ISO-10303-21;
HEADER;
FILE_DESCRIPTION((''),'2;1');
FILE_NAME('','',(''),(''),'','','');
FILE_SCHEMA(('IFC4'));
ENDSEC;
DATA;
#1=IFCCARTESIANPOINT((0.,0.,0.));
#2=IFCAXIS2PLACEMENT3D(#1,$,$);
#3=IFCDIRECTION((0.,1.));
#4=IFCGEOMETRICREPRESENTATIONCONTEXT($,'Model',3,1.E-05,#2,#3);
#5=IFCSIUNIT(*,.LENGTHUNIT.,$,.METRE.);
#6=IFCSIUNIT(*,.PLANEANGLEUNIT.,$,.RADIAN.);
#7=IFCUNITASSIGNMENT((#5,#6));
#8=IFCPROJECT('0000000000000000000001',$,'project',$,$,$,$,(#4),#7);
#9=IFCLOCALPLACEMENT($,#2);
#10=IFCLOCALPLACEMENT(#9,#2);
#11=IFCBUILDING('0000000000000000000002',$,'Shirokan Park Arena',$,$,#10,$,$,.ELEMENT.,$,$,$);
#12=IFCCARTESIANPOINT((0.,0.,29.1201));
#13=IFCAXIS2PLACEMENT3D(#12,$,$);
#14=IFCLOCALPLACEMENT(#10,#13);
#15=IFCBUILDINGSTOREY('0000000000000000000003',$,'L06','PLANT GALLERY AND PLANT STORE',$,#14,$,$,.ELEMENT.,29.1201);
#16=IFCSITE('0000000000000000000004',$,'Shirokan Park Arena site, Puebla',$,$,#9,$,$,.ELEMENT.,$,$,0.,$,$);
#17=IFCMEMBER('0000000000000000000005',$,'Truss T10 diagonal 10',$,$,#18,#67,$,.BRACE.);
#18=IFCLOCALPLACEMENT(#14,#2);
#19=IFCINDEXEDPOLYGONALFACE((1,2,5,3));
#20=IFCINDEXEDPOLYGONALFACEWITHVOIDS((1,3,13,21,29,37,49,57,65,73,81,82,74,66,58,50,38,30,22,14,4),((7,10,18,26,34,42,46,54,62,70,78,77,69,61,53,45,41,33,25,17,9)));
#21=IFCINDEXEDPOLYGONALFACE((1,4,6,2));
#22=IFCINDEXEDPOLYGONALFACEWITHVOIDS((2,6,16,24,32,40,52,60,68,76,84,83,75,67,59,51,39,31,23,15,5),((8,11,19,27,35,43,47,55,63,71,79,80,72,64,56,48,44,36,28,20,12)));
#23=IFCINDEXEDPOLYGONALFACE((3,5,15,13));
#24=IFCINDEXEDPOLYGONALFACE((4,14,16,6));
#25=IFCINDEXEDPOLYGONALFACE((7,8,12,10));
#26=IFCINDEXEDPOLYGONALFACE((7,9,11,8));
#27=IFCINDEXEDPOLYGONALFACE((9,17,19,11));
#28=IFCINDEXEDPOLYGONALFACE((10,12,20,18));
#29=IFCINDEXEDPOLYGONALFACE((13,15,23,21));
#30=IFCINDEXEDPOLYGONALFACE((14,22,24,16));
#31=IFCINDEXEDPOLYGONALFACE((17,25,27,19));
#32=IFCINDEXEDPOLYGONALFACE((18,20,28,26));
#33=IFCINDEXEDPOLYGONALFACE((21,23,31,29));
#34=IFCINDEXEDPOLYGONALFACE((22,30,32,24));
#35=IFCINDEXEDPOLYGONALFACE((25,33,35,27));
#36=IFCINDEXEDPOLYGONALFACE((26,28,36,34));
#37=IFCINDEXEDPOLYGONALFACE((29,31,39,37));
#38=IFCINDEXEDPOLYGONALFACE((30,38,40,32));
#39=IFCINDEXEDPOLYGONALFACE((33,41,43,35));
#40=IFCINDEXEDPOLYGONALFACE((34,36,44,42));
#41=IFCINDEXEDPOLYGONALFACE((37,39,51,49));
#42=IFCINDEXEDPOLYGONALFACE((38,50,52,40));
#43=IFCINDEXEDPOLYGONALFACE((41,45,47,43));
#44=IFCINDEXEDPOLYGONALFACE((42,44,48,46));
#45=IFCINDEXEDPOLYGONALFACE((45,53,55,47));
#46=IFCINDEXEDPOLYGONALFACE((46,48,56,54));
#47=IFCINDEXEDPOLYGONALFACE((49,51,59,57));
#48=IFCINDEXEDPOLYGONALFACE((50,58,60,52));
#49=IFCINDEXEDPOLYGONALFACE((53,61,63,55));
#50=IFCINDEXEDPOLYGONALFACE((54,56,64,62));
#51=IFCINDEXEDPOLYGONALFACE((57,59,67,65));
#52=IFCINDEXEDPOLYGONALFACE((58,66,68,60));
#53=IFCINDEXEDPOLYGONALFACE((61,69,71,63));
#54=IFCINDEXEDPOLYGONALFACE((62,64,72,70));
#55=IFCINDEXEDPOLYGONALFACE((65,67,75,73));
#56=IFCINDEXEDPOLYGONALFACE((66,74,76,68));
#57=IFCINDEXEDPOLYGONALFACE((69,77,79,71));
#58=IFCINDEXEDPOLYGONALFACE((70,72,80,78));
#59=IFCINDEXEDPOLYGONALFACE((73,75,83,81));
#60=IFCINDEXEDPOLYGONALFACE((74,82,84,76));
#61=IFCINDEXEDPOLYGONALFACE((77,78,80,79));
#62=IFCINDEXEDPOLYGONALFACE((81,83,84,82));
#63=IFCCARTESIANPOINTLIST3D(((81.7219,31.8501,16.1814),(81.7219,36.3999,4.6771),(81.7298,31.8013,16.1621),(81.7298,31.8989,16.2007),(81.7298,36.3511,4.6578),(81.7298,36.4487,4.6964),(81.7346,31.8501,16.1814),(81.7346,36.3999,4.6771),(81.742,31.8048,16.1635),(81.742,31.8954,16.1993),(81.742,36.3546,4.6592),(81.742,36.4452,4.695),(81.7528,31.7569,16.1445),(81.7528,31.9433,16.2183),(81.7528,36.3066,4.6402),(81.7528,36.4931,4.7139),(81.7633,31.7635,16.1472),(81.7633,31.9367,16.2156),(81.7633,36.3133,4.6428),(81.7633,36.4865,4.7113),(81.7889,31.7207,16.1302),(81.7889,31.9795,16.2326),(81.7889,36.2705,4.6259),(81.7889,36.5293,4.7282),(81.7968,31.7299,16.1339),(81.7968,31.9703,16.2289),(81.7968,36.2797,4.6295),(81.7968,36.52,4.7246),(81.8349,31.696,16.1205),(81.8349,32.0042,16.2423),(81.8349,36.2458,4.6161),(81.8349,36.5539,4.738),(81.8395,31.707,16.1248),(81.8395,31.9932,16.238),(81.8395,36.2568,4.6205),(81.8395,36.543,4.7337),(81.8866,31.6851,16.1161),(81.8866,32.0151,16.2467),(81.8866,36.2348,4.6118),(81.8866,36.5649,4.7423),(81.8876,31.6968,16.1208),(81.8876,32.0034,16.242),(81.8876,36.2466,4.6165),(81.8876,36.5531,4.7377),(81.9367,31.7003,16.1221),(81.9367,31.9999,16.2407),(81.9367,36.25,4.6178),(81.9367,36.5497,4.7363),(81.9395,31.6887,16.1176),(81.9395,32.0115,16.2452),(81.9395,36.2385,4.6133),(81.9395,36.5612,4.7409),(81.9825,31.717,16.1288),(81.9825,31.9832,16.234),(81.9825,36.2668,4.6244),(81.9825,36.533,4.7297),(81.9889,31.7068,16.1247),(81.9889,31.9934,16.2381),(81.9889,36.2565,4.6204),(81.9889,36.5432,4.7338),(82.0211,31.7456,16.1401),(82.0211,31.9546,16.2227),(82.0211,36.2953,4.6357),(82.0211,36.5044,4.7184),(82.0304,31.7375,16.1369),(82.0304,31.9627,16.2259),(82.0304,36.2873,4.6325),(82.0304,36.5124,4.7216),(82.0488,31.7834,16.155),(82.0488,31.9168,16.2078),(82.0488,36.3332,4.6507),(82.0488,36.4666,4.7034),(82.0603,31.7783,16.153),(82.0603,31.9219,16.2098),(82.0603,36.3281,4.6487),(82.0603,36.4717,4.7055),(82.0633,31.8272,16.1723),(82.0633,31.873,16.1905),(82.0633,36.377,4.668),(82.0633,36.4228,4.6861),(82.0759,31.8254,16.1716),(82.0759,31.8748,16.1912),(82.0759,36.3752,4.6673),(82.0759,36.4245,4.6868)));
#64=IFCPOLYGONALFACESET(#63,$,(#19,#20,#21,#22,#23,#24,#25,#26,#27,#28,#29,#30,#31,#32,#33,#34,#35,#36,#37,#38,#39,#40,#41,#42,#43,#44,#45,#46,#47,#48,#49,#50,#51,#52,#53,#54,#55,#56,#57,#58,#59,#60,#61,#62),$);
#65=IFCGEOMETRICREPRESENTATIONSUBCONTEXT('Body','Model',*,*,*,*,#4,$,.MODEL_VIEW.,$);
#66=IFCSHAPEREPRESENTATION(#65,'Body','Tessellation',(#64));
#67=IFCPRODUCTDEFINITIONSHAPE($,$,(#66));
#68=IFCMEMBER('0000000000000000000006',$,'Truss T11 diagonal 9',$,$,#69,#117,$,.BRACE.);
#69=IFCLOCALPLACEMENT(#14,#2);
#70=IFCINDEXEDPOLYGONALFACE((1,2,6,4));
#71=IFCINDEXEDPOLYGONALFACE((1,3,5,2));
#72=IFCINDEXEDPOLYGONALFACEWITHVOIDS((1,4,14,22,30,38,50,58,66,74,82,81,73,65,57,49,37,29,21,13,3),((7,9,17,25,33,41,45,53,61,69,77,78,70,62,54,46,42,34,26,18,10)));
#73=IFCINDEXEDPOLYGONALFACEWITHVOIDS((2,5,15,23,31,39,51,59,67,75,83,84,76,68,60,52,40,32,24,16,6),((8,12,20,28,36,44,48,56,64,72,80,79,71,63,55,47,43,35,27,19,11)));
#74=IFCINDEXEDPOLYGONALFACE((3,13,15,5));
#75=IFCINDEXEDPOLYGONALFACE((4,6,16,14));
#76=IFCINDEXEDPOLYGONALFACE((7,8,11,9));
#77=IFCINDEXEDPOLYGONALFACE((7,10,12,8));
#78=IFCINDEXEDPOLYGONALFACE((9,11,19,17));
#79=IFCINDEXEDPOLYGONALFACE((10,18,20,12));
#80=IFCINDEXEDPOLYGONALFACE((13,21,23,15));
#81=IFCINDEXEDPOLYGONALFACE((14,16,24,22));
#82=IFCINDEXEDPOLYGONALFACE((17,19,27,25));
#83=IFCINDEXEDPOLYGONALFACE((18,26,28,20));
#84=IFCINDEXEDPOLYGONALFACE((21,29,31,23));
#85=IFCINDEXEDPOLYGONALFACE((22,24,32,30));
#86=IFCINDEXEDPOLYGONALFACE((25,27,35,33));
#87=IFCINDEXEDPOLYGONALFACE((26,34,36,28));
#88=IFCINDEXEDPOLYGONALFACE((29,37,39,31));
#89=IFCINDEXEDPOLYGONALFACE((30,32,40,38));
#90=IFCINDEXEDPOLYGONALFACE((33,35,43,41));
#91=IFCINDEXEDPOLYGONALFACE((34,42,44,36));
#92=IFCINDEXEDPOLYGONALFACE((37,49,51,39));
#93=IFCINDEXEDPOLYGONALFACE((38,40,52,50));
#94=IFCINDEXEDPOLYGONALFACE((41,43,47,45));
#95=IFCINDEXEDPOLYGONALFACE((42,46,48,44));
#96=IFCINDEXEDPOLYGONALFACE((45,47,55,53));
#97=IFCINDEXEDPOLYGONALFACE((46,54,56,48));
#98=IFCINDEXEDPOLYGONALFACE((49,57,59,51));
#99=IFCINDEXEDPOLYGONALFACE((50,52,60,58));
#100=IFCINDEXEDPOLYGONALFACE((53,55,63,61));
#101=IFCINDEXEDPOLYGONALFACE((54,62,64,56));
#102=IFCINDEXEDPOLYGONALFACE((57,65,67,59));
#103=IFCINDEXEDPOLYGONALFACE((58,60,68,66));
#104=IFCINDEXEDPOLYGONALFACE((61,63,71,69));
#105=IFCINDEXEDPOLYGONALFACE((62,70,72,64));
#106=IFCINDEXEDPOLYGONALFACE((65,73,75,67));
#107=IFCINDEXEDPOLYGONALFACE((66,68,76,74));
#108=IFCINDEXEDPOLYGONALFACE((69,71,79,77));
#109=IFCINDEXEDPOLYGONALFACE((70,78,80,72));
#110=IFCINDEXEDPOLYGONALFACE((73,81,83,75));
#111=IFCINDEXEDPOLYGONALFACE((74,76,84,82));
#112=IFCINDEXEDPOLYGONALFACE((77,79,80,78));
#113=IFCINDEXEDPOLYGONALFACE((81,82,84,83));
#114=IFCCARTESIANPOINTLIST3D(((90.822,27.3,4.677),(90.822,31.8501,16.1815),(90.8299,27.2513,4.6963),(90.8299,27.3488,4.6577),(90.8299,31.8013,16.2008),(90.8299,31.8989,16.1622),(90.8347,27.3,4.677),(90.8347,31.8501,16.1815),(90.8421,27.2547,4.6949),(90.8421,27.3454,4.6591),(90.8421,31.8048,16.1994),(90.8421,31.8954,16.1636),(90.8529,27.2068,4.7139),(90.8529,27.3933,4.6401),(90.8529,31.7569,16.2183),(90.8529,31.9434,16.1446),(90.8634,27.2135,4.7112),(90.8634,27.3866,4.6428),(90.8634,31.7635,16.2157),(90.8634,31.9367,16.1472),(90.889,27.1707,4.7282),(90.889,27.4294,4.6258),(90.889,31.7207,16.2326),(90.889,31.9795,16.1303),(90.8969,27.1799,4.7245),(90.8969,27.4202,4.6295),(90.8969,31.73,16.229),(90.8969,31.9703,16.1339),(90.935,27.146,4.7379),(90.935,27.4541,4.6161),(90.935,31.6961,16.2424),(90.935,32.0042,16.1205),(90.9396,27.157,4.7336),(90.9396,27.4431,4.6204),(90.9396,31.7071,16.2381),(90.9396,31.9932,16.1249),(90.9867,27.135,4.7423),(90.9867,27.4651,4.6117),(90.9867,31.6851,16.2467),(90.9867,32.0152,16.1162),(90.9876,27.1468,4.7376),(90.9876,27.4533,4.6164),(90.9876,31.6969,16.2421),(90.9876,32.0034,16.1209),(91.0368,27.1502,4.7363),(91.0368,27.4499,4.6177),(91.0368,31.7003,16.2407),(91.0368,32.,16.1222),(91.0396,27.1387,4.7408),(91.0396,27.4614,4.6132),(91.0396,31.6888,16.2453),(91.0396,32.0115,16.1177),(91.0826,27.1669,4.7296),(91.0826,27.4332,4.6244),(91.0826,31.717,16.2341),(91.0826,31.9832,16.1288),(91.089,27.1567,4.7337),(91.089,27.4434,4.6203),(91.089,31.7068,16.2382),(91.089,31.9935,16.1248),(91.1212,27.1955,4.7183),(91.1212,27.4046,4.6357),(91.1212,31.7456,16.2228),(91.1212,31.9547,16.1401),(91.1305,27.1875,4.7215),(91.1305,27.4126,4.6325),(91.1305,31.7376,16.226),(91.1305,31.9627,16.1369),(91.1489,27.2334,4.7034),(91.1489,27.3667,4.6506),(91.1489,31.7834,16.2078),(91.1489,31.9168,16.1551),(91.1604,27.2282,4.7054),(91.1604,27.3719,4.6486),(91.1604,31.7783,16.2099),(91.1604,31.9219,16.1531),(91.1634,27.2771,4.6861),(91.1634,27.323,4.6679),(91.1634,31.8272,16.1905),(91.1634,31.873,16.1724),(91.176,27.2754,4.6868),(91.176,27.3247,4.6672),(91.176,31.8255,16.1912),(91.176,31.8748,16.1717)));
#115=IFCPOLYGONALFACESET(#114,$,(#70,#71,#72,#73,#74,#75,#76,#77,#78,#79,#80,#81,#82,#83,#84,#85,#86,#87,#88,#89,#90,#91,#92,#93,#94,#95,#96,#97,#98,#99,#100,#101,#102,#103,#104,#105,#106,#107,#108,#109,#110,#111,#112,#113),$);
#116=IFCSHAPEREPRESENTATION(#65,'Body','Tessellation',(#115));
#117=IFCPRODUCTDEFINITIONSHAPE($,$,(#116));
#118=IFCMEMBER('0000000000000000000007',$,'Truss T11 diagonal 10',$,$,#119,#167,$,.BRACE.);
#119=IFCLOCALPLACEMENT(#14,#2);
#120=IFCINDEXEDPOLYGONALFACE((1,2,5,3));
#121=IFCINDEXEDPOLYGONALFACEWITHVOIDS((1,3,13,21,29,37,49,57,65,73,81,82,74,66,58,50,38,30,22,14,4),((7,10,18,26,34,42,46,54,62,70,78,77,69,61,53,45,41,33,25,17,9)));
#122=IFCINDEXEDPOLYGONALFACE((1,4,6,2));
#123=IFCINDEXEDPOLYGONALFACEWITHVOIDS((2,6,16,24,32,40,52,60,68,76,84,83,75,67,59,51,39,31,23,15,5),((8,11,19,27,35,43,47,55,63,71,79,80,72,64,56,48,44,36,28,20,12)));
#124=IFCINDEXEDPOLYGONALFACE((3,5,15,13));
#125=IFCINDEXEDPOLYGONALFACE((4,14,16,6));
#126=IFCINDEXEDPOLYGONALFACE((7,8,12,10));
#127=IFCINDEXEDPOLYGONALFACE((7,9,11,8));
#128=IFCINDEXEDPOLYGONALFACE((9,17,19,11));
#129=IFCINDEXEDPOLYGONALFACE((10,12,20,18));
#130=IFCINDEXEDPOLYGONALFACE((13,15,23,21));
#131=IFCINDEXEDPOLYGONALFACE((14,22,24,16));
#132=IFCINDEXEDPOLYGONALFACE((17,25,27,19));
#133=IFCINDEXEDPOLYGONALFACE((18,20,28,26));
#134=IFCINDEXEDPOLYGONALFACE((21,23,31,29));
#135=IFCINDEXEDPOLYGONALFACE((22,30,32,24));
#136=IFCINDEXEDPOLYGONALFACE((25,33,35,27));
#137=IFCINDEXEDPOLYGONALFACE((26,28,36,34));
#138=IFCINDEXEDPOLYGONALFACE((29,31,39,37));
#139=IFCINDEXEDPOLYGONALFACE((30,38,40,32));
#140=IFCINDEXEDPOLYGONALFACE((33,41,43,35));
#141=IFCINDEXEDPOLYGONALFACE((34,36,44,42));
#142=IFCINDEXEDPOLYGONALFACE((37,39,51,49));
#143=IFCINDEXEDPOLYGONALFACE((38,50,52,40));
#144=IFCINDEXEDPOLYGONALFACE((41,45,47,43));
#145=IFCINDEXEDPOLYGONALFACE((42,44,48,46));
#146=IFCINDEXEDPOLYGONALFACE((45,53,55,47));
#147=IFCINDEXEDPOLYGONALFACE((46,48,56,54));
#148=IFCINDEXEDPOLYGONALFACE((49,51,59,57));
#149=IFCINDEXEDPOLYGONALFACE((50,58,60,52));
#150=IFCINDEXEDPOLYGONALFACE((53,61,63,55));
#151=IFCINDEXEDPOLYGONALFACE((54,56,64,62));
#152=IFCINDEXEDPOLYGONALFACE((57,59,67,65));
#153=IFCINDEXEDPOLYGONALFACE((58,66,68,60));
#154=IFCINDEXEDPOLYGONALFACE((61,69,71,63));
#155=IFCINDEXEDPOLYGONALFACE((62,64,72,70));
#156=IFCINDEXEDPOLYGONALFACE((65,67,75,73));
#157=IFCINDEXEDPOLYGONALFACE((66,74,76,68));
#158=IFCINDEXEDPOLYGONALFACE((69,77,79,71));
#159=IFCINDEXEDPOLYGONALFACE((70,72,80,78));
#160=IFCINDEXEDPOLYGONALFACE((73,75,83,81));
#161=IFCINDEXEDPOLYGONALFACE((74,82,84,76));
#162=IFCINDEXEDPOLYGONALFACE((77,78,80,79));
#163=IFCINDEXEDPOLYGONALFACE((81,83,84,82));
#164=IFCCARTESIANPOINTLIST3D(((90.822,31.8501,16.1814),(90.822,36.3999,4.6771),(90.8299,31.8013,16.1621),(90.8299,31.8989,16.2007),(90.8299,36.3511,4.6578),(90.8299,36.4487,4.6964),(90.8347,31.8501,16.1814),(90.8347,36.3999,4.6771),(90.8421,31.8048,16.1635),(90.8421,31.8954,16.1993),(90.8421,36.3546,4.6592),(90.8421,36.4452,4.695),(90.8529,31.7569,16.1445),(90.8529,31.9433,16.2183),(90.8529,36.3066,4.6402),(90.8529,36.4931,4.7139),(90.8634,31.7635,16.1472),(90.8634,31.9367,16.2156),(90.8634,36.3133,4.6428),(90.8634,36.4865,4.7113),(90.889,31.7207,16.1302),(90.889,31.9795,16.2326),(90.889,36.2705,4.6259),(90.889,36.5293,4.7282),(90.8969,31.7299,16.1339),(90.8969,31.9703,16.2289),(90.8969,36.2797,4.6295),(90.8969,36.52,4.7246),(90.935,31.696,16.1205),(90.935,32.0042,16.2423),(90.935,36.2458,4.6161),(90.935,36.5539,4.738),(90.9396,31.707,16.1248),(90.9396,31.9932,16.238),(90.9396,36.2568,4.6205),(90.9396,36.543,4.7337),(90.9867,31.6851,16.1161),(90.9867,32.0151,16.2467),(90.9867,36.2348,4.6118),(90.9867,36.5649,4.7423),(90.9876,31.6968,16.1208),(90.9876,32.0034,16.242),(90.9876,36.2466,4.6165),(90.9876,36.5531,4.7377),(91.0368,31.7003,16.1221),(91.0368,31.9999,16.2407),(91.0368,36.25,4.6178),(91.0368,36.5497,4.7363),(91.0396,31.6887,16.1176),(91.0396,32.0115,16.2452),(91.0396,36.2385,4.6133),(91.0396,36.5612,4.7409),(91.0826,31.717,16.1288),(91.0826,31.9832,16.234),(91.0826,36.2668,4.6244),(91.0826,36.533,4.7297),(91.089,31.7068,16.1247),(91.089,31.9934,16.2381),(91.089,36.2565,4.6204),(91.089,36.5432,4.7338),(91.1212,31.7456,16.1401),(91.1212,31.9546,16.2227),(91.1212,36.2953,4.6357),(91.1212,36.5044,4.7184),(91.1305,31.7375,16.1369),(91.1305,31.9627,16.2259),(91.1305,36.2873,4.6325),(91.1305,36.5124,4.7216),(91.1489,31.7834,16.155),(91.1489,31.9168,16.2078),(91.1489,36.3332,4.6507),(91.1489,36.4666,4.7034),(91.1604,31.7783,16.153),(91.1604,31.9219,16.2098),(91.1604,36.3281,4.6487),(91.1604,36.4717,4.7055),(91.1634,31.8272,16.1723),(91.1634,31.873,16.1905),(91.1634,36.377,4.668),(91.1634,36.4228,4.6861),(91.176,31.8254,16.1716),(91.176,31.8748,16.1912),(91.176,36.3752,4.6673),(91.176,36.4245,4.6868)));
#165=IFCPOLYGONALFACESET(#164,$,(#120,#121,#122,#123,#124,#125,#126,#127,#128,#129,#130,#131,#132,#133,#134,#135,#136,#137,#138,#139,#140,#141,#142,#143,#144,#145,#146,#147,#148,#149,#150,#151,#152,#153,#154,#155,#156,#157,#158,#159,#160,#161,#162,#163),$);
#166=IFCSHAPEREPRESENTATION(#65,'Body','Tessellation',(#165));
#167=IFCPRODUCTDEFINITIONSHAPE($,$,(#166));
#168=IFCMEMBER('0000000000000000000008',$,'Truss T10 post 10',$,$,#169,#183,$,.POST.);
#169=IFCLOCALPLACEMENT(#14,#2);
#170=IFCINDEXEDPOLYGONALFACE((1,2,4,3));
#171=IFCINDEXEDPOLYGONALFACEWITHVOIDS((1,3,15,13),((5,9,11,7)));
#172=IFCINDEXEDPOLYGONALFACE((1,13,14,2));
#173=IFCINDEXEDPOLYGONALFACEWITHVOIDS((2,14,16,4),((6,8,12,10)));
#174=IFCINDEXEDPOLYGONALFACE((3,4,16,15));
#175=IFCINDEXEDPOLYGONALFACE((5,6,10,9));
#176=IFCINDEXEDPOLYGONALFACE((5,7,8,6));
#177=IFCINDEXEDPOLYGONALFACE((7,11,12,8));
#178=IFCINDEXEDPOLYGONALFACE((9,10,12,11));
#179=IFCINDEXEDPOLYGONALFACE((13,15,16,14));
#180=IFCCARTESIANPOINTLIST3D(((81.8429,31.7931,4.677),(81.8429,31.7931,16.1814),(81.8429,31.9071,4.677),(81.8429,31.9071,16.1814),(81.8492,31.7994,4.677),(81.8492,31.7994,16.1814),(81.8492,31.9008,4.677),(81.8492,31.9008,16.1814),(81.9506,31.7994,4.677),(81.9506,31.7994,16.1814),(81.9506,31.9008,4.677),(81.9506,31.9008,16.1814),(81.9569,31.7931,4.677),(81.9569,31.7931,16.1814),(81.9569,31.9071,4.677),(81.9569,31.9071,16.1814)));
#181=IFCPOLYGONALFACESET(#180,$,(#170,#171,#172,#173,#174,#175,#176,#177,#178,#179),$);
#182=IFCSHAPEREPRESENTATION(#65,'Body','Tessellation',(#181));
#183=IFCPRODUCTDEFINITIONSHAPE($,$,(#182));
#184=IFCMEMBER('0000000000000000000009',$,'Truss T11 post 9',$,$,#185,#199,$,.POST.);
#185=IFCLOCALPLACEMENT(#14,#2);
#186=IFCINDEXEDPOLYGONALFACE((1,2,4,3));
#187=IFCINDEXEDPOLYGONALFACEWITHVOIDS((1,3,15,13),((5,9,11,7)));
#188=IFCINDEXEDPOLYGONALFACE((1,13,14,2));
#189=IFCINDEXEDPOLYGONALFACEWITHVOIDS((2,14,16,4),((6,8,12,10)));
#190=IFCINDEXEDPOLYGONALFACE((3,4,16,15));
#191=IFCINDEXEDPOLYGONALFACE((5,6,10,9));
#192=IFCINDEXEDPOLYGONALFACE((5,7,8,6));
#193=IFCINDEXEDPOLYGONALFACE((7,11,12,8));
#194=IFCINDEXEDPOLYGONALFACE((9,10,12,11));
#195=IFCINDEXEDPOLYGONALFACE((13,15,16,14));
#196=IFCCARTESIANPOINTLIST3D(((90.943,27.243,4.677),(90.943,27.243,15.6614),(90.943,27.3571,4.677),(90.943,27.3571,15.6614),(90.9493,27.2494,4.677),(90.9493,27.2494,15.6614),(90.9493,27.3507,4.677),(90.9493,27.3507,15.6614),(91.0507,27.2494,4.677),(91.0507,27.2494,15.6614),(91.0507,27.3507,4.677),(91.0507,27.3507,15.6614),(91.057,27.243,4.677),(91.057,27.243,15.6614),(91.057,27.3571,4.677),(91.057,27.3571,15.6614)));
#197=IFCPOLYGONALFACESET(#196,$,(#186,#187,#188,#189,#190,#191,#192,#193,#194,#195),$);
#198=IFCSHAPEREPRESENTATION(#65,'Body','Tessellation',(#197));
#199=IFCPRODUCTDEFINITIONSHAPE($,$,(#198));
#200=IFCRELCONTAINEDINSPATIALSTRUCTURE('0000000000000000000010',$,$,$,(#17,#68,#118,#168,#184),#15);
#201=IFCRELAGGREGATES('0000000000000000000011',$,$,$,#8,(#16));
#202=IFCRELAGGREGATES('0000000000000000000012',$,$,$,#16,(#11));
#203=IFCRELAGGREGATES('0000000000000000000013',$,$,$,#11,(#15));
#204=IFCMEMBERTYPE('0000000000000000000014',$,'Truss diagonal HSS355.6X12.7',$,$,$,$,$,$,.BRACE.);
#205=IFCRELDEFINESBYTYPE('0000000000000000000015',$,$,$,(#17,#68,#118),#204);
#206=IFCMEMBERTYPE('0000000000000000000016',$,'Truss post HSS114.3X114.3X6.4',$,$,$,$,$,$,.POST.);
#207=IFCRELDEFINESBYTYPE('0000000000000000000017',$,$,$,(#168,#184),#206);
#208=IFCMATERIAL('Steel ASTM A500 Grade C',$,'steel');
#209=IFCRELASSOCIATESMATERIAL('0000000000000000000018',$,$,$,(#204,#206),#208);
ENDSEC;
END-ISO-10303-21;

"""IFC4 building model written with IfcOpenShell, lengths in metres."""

from ifc_helpers import new_model, si_unit, direction, frame, origin, origin_2d, place, context, subcontext, project, spatial, hollow_rectangle, hollow_circle, extrude, material, material_profile, profile_set, type_object, element, save


model = new_model("IFC4")

# Units and contexts
model_context = context("Model", 3, precision=1e-05, world=origin(), true_north=direction((0.0, 1.0)))
body_context = subcontext(model_context, "Body", "Model", "MODEL_VIEW")
ifc_project = project(units=[si_unit("LENGTHUNIT", "METRE"), si_unit("PLANEANGLEUNIT", "RADIAN")], contexts=[model_context])

# Site, building, storey
site_placement = place(None, origin())
site = spatial("IfcSite", under=ifc_project, at=site_placement, Name="Shirokan Park Arena site, Puebla", CompositionType="ELEMENT", RefElevation=0.0)
building_placement = place(site_placement, origin())
building = spatial("IfcBuilding", under=site, at=building_placement, Name="Shirokan Park Arena", CompositionType="ELEMENT")
storey_placement = place(building_placement, frame((0.0, 0.0, 29.1201)))
storey = spatial("IfcBuildingStorey", under=building, at=storey_placement, Name="L06", Description="PLANT GALLERY AND PLANT STORE", CompositionType="ELEMENT", Elevation=29.1201)

# Members
ifc_material_1 = material(Name="Steel ASTM A500 Grade C", Category="steel")
ifc_material_profile_1 = material_profile(ifc_material_1, hollow_circle(Radius=0.178, WallThickness=0.0127, at=origin_2d()), Name="HSS355.6X12.7")
ifc_profile_set_1 = profile_set([ifc_material_profile_1], Name="Steel ASTM A500 Grade C")
member_type_1 = type_object("IfcMemberType", Name="Truss diagonal HSS355.6X12.7", PredefinedType="BRACE", material=ifc_profile_set_1)
member_1_placement = place(storey_placement, frame((81.8999, 31.8501, 16.1814), z_axis=(0.0, 0.367768, -0.929918), x_axis=(-1.0, 0.0, 0.0)))
element("IfcMember", 1, at=member_1_placement, inside=storey, type_object=member_type_1, Name="Truss T10 diagonal 10", PredefinedType="BRACE", context=body_context, shape_type="SweptSolid", body=[
    extrude(hollow_circle(Radius=0.178, WallThickness=0.0127, at=origin_2d()), origin(), (0.0, 0.0, 1.0), 12.3713),
])
member_2_placement = place(storey_placement, frame((91.0, 27.3, 4.677), z_axis=(0.0, 0.367785, 0.929911), x_axis=(-1.0, 0.0, 0.0)))
element("IfcMember", 2, at=member_2_placement, inside=storey, type_object=member_type_1, Name="Truss T11 diagonal 9", PredefinedType="BRACE", context=body_context, shape_type="SweptSolid", body=[
    extrude(hollow_circle(Radius=0.178, WallThickness=0.0127, at=origin_2d()), origin(), (0.0, 0.0, 1.0), 12.3716),
])
member_3_placement = place(storey_placement, frame((91.0, 31.8501, 16.1814), z_axis=(0.0, 0.367768, -0.929918), x_axis=(-1.0, 0.0, 0.0)))
element("IfcMember", 3, at=member_3_placement, inside=storey, type_object=member_type_1, Name="Truss T11 diagonal 10", PredefinedType="BRACE", context=body_context, shape_type="SweptSolid", body=[
    extrude(hollow_circle(Radius=0.178, WallThickness=0.0127, at=origin_2d()), origin(), (0.0, 0.0, 1.0), 12.3713),
])
ifc_material_profile_2 = material_profile(ifc_material_1, hollow_rectangle(XDim=0.114, YDim=0.114, WallThickness=0.0063, at=origin_2d()), Name="HSS114.3X114.3X6.4")
ifc_profile_set_2 = profile_set([ifc_material_profile_2], Name="Steel ASTM A500 Grade C")
member_type_2 = type_object("IfcMemberType", Name="Truss post HSS114.3X114.3X6.4", PredefinedType="POST", material=ifc_profile_set_2)
member_4_placement = place(storey_placement, frame((81.8999, 31.8501, 4.677), z_axis=(0.0, 0.0, 1.0), x_axis=(1.0, 0.0, 0.0)))
element("IfcMember", 4, at=member_4_placement, inside=storey, type_object=member_type_2, Name="Truss T10 post 10", PredefinedType="POST", context=body_context, shape_type="SweptSolid", body=[
    extrude(hollow_rectangle(XDim=0.114, YDim=0.114, WallThickness=0.0063, at=origin_2d()), origin(), (0.0, 0.0, 1.0), 11.5044),
])
member_5_placement = place(storey_placement, frame((91.0, 27.3, 4.677), z_axis=(0.0, 0.0, 1.0), x_axis=(1.0, 0.0, 0.0)))
element("IfcMember", 5, at=member_5_placement, inside=storey, type_object=member_type_2, Name="Truss T11 post 9", PredefinedType="POST", context=body_context, shape_type="SweptSolid", body=[
    extrude(hollow_rectangle(XDim=0.114, YDim=0.114, WallThickness=0.0063, at=origin_2d()), origin(), (0.0, 0.0, 1.0), 10.9844),
])

save(model, "model.ifc")
